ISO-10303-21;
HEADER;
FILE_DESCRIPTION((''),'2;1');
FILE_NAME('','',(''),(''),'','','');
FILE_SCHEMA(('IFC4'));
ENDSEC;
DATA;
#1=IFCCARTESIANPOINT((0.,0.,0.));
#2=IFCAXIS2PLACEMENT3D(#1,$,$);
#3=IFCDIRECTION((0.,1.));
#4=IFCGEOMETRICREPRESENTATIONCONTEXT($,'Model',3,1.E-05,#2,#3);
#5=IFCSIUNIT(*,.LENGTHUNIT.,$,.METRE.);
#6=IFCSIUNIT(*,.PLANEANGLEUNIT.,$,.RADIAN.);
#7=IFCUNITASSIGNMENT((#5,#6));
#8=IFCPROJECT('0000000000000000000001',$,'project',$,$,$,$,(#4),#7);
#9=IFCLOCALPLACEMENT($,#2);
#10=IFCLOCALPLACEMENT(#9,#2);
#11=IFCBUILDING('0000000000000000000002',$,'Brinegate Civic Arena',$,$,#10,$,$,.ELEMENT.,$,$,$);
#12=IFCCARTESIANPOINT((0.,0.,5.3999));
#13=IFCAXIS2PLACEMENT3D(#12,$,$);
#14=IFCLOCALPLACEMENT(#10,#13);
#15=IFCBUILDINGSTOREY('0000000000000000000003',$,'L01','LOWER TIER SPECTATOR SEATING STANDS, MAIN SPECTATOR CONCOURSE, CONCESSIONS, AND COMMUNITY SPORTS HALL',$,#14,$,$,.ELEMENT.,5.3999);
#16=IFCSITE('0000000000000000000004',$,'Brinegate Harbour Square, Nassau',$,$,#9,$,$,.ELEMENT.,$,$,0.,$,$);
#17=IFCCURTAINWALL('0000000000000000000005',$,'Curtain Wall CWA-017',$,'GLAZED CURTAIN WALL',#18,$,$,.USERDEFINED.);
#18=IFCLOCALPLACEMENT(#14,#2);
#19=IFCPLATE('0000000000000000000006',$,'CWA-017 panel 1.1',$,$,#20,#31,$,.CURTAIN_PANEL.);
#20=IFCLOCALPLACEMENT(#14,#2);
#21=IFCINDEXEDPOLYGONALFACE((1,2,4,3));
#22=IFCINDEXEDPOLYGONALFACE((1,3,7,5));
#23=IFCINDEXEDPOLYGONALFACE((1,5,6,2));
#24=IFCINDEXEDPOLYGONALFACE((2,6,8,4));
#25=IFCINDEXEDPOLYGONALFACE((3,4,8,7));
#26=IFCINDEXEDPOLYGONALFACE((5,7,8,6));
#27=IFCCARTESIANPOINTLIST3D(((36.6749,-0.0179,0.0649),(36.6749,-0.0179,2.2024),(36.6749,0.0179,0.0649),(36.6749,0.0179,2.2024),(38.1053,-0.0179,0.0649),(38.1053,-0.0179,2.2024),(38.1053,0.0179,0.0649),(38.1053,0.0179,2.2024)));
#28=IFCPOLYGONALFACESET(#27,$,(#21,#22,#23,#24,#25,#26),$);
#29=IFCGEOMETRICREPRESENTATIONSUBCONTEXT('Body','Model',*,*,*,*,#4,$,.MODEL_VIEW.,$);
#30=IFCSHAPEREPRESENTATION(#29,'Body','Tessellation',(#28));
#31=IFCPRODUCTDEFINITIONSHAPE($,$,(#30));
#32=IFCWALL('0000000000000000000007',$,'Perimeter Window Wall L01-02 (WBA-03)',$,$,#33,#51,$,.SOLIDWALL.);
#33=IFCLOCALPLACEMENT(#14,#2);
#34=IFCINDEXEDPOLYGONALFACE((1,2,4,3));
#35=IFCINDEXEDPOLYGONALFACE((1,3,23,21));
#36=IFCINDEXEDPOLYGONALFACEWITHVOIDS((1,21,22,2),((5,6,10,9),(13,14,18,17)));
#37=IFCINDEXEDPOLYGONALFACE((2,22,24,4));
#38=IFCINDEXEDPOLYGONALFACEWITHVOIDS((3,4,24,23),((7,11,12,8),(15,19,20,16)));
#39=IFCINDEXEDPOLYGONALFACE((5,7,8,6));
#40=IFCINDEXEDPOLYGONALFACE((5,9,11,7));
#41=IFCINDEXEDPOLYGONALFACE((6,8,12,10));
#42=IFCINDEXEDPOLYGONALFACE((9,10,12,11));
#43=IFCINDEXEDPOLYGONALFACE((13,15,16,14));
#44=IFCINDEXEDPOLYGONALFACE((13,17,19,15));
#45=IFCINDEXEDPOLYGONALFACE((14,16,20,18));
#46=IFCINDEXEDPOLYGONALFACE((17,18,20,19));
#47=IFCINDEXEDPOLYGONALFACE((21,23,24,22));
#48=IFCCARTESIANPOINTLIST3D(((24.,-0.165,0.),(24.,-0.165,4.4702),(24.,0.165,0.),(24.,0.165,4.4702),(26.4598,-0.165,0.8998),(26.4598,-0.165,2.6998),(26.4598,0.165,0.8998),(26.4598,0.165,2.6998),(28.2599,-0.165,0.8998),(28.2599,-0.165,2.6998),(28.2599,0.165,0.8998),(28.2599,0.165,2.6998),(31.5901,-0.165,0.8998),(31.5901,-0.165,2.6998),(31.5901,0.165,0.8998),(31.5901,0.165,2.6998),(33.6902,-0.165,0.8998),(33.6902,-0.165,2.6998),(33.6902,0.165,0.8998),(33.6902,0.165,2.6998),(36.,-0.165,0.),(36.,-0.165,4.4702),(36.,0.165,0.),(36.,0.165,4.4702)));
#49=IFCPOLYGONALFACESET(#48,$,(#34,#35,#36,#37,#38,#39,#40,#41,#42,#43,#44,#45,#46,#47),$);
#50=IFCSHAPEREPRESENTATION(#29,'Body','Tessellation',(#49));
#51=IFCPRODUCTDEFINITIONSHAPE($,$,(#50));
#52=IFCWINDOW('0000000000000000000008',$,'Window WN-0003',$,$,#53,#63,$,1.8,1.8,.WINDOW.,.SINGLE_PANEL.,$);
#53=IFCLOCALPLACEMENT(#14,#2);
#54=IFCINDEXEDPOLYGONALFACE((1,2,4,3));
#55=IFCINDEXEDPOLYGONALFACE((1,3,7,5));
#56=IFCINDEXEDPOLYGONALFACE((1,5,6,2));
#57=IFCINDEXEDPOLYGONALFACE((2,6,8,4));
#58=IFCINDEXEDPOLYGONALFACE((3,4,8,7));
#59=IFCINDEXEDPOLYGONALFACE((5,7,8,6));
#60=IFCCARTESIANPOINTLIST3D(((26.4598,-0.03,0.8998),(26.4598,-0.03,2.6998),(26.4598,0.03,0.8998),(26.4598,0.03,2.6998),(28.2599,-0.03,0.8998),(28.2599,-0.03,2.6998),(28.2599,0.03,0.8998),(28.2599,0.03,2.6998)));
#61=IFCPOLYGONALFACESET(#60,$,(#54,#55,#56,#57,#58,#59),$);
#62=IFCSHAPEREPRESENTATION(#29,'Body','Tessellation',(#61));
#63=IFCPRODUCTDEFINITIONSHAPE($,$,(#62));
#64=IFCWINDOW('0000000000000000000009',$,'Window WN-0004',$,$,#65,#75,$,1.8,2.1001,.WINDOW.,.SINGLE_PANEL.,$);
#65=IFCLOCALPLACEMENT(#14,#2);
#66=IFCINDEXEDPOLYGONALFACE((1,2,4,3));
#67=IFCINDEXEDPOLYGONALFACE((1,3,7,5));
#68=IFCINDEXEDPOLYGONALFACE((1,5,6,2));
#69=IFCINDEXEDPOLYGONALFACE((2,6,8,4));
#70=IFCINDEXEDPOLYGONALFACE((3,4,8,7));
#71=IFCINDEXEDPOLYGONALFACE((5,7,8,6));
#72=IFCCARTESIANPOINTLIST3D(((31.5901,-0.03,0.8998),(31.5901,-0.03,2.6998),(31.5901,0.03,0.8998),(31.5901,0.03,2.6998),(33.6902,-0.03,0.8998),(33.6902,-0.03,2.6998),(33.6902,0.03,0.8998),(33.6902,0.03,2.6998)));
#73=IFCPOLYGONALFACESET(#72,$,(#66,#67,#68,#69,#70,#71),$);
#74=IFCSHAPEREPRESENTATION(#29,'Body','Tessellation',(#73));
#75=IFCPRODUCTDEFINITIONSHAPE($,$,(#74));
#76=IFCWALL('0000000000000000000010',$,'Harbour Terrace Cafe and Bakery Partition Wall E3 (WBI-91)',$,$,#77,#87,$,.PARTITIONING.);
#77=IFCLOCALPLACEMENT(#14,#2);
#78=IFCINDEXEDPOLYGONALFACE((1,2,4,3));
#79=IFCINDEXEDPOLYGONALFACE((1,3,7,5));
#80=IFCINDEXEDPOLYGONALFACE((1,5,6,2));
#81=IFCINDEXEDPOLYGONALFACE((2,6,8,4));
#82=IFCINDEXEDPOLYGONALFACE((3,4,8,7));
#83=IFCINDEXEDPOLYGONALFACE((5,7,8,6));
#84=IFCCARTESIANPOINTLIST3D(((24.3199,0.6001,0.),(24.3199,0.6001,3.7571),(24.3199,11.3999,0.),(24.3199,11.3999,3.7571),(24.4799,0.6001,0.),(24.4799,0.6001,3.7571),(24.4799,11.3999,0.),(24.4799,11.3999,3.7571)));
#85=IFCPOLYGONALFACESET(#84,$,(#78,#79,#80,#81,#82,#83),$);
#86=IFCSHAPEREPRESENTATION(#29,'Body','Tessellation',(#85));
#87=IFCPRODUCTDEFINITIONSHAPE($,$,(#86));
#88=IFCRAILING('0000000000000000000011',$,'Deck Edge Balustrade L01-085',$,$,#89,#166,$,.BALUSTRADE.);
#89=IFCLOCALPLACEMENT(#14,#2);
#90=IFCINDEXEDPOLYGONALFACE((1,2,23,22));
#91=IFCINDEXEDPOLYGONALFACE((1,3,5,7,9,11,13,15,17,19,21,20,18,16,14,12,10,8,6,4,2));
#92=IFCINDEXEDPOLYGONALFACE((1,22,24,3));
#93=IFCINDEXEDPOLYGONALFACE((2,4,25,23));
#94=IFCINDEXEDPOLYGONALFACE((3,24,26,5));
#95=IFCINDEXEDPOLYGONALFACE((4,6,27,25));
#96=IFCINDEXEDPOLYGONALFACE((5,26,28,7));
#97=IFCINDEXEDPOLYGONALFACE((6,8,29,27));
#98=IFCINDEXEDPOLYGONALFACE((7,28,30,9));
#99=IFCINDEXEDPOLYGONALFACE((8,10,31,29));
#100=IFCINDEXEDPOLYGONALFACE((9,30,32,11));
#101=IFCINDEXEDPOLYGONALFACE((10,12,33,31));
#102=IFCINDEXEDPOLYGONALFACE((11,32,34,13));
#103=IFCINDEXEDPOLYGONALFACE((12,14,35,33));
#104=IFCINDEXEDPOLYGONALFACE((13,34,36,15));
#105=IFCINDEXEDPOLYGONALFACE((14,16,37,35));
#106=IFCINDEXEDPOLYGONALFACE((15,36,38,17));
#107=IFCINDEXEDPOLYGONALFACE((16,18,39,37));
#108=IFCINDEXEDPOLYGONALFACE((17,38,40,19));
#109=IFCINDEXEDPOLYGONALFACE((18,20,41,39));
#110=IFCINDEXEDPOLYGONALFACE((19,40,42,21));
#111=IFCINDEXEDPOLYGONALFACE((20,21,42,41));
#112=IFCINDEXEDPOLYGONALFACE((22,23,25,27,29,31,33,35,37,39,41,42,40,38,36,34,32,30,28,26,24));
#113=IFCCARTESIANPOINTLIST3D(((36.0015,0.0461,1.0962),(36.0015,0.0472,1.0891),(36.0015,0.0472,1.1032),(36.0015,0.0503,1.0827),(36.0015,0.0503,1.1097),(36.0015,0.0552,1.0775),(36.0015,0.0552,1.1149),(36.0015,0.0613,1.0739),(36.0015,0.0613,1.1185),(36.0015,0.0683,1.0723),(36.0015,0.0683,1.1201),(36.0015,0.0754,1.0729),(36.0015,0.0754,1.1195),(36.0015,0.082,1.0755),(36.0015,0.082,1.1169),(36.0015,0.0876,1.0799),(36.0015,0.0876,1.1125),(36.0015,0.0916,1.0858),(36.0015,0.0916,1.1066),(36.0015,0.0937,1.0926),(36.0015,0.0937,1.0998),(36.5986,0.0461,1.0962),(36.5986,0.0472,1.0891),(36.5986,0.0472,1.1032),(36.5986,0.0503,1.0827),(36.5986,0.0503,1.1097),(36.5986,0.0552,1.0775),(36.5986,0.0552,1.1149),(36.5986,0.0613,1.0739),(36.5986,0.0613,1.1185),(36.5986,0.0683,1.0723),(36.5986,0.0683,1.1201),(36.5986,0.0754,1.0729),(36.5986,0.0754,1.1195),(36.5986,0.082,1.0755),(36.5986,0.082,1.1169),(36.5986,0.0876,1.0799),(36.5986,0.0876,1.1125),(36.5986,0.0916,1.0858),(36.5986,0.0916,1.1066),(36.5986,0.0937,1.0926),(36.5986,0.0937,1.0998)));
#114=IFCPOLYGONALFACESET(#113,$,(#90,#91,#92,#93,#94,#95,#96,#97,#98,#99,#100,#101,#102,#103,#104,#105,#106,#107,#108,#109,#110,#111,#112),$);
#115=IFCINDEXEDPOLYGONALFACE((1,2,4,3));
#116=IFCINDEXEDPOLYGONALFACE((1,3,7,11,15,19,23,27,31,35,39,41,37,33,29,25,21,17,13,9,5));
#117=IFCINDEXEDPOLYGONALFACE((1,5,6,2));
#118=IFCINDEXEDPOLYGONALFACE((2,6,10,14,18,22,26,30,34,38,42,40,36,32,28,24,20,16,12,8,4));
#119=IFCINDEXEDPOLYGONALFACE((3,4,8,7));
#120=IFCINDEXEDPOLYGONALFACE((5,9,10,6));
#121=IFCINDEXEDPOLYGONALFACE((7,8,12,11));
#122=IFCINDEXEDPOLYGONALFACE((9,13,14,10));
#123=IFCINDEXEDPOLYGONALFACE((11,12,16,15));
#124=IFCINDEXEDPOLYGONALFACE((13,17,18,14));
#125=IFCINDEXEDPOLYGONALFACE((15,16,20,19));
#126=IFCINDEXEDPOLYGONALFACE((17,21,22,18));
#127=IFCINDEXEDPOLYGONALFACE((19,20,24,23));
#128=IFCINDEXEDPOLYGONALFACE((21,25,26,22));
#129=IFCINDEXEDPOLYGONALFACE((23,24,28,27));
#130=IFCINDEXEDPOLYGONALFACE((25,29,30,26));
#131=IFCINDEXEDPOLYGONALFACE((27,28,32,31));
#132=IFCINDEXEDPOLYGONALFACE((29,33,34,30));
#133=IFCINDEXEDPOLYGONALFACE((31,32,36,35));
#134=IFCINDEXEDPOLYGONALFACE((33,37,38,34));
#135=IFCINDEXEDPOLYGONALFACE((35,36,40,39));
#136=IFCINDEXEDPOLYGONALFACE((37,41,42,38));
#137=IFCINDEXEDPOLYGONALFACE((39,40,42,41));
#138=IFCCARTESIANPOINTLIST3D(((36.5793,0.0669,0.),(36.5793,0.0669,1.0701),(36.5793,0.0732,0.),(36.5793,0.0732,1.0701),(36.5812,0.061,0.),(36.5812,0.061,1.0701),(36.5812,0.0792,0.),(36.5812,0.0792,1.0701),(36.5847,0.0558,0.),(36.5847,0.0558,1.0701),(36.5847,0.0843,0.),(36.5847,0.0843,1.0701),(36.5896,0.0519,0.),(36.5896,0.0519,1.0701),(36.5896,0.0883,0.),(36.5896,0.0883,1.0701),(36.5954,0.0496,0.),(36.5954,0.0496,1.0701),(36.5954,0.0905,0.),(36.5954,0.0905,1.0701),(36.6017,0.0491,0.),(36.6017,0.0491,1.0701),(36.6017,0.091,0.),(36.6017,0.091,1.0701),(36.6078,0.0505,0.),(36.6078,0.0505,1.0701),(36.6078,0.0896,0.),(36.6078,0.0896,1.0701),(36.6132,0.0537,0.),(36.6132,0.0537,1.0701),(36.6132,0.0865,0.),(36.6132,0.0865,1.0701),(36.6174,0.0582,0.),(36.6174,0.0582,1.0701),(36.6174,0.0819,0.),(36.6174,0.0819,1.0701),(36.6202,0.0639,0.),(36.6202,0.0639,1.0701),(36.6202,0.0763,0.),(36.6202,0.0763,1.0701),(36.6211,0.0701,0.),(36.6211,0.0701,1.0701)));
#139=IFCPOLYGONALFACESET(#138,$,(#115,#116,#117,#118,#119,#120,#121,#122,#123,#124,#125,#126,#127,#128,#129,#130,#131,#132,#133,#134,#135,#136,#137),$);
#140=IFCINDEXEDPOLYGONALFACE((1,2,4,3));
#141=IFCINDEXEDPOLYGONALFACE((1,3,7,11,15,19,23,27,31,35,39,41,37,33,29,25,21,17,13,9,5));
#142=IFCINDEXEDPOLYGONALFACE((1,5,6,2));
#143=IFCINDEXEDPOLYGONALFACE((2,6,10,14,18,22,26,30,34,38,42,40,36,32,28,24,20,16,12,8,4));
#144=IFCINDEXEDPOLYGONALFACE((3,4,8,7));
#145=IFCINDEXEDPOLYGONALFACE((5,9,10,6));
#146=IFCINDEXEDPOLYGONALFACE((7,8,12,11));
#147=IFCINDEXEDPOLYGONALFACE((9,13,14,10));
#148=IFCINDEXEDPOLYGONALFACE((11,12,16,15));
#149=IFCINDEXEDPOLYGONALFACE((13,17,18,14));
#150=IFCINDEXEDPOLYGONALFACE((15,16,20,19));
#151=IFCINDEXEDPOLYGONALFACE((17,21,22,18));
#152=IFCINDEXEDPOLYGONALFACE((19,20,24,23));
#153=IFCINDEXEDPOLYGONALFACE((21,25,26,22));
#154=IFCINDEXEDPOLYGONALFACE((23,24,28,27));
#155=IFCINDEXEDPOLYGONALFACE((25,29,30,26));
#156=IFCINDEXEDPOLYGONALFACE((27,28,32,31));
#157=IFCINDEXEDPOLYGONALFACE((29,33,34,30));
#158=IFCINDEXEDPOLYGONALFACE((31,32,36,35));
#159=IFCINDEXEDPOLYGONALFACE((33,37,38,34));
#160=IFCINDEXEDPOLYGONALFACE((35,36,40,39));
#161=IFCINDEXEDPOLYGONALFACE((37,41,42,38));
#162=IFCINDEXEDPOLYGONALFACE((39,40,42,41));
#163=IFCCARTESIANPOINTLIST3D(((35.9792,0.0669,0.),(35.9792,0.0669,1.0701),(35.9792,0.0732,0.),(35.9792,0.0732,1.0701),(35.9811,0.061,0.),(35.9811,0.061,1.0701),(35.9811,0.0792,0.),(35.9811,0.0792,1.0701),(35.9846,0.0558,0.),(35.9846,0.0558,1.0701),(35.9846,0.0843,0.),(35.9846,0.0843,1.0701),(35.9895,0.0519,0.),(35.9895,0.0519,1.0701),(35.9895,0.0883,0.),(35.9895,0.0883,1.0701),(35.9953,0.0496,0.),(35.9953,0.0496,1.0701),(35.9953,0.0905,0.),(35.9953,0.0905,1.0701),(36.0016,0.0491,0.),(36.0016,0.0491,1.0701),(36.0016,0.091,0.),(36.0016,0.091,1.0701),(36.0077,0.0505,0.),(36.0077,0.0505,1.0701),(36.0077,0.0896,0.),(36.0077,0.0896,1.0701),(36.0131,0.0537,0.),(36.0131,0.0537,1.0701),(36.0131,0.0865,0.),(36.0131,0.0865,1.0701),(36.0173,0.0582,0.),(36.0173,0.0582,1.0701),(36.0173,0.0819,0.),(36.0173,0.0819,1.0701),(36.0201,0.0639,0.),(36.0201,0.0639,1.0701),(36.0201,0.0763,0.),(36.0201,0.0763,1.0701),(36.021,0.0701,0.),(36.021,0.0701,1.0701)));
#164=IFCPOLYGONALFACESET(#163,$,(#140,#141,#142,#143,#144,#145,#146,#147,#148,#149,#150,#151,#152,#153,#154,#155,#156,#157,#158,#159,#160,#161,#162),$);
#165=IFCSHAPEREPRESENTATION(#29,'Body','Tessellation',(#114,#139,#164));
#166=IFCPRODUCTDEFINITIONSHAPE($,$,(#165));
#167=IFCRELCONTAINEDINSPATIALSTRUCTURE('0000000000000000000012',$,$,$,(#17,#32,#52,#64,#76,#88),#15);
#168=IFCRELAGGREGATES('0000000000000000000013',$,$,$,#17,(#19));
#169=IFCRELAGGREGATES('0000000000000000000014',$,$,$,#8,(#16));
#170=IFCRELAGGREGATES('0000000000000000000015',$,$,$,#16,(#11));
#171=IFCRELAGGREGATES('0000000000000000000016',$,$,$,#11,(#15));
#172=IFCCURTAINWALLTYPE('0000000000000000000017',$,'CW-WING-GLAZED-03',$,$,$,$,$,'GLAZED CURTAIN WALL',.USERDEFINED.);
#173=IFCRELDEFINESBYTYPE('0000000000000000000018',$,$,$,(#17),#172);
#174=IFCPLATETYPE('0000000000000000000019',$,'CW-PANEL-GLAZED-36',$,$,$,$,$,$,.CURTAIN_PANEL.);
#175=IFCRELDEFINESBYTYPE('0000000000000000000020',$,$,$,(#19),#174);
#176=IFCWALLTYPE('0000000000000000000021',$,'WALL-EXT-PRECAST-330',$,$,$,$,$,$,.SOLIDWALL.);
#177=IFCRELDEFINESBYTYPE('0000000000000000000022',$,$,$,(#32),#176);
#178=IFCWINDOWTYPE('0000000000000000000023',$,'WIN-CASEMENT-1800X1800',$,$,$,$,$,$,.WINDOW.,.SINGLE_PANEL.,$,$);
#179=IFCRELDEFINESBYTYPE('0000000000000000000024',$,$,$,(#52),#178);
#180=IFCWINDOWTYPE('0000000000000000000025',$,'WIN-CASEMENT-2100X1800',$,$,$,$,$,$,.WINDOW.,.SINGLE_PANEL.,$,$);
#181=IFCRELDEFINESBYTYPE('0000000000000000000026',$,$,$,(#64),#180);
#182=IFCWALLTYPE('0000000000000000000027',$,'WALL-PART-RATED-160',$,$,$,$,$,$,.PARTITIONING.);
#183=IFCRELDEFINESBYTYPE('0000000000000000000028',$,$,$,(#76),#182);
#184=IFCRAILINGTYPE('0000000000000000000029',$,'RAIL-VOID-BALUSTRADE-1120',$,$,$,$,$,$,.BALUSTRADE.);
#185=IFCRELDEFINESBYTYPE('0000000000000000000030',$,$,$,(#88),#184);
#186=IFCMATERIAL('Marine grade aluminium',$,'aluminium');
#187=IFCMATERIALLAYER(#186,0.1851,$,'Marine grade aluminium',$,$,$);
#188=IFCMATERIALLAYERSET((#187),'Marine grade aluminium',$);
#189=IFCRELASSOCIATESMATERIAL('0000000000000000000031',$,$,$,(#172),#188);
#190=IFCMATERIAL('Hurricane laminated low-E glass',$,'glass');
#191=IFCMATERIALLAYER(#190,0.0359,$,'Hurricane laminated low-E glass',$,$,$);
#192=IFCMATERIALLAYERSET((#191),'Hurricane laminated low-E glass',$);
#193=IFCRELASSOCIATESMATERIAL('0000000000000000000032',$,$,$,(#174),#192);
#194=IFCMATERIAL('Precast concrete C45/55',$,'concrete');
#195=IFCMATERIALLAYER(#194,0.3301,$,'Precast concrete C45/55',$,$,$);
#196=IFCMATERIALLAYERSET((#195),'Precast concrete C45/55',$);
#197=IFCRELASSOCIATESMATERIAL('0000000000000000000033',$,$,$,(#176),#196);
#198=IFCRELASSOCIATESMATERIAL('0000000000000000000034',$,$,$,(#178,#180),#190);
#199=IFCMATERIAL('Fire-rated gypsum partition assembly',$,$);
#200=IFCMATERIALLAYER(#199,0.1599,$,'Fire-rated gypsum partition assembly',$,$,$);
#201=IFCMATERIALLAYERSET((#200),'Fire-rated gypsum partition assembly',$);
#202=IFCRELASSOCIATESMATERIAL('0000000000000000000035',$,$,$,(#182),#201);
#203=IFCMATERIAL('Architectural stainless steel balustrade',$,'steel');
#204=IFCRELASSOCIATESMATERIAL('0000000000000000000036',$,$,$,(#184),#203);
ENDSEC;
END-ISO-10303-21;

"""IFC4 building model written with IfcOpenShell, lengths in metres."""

from ifc_helpers import new_model, si_unit, direction, frame, frame_2d, origin, origin_2d, place, context, subcontext, project, spatial, rectangle, circle, extrude, material, layer, layer_set, type_object, element, fill, aggregate, save


model = new_model("IFC4")

# Units and contexts
model_context = context("Model", 3, precision=1e-05, world=origin(), true_north=direction((0.0, 1.0)))
body_context = subcontext(model_context, "Body", "Model", "MODEL_VIEW")
ifc_project = project(units=[si_unit("LENGTHUNIT", "METRE"), si_unit("PLANEANGLEUNIT", "RADIAN")], contexts=[model_context])

# Site, building, storey
site_placement = place(None, origin())
site = spatial("IfcSite", under=ifc_project, at=site_placement, Name="Brinegate Harbour Square, Nassau", CompositionType="ELEMENT", RefElevation=0.0)
building_placement = place(site_placement, origin())
building = spatial("IfcBuilding", under=site, at=building_placement, Name="Brinegate Civic Arena", CompositionType="ELEMENT")
storey_placement = place(building_placement, frame((0.0, 0.0, 5.3999)))
storey = spatial("IfcBuildingStorey", under=building, at=storey_placement, Name="L01", Description="LOWER TIER SPECTATOR SEATING STANDS, MAIN SPECTATOR CONCOURSE, CONCESSIONS, AND COMMUNITY SPORTS HALL", CompositionType="ELEMENT", Elevation=5.3999)

# Curtain wall
ifc_material_1 = material(Name="Marine grade aluminium", Category="aluminium")
ifc_layer_1 = layer(ifc_material_1, 0.1851, Name="Marine grade aluminium")
ifc_layer_set_1 = layer_set([ifc_layer_1], Name="Marine grade aluminium")
curtain_wall_type = type_object("IfcCurtainWallType", Name="CW-WING-GLAZED-03", ElementType="GLAZED CURTAIN WALL", PredefinedType="USERDEFINED", material=ifc_layer_set_1)
curtain_wall_placement = place(storey_placement, origin())
curtain_wall = element("IfcCurtainWall", 1, at=curtain_wall_placement, inside=storey, type_object=curtain_wall_type, Name="Curtain Wall CWA-017", ObjectType="GLAZED CURTAIN WALL", PredefinedType="USERDEFINED")

# Plate
ifc_material_2 = material(Name="Hurricane laminated low-E glass", Category="glass")
ifc_layer_2 = layer(ifc_material_2, 0.0359, Name="Hurricane laminated low-E glass")
ifc_layer_set_2 = layer_set([ifc_layer_2], Name="Hurricane laminated low-E glass")
plate_type = type_object("IfcPlateType", Name="CW-PANEL-GLAZED-36", PredefinedType="CURTAIN_PANEL", material=ifc_layer_set_2)
plate_placement = place(storey_placement, frame((37.3901, 0.0, 0.0649), z_axis=(0.0, 0.0, 1.0), x_axis=(1.0, 0.0, 0.0)))
plate = element("IfcPlate", 2, at=plate_placement, type_object=plate_type, Name="CWA-017 panel 1.1", PredefinedType="CURTAIN_PANEL", context=body_context, shape_type="SweptSolid", body=[
    extrude(rectangle(XDim=1.4304, YDim=0.0359, at=origin_2d()), origin(), (0.0, 0.0, 1.0), 2.1375),
])
aggregate(curtain_wall, [plate])

# Wall, openings, windows
ifc_material_3 = material(Name="Precast concrete C45/55", Category="concrete")
ifc_layer_3 = layer(ifc_material_3, 0.3301, Name="Precast concrete C45/55")
ifc_layer_set_3 = layer_set([ifc_layer_3], Name="Precast concrete C45/55")
wall_type_1 = type_object("IfcWallType", Name="WALL-EXT-PRECAST-330", PredefinedType="SOLIDWALL", material=ifc_layer_set_3)
wall_1_placement = place(storey_placement, frame((24.0, 0.0, 0.0), z_axis=(0.0, 0.0, 1.0), x_axis=(1.0, 0.0, 0.0)))
wall_1 = element("IfcWall", 3, at=wall_1_placement, inside=storey, type_object=wall_type_1, Name="Perimeter Window Wall L01-02 (WBA-03)", PredefinedType="SOLIDWALL", context=body_context, shape_type="SweptSolid", body=[
    extrude(rectangle(XDim=12.0, YDim=0.3301, at=frame_2d((6.0, 0.0))), origin(), (0.0, 0.0, 1.0), 4.4702),
])
opening_1_placement = place(wall_1_placement, frame((2.46, 0.0, 0.8999)))
opening_1 = element("IfcOpeningElement", 4, at=opening_1_placement, cuts=wall_1, PredefinedType="OPENING", context=body_context, shape_type="SweptSolid", body=[
    extrude(rectangle(XDim=1.8, YDim=1.8, at=frame_2d((0.8999, 0.8999))), frame((0.0, 0.175, 0.0), z_axis=(0.0, -1.0, 0.0), x_axis=(1.0, 0.0, 0.0)), (0.0, 0.0, 1.0), 0.3501),
])
opening_2_placement = place(wall_1_placement, frame((7.5901, 0.0, 0.8999)))
opening_2 = element("IfcOpeningElement", 5, at=opening_2_placement, cuts=wall_1, PredefinedType="OPENING", context=body_context, shape_type="SweptSolid", body=[
    extrude(rectangle(XDim=2.1001, YDim=1.8, at=frame_2d((1.05, 0.8999))), frame((0.0, 0.175, 0.0), z_axis=(0.0, -1.0, 0.0), x_axis=(1.0, 0.0, 0.0)), (0.0, 0.0, 1.0), 0.3501),
])
window_type_1 = type_object("IfcWindowType", Name="WIN-CASEMENT-1800X1800", PartitioningType="SINGLE_PANEL", PredefinedType="WINDOW", material=ifc_material_2)
window_1_placement = place(opening_1_placement, origin())
window_1 = element("IfcWindow", 6, at=window_1_placement, inside=storey, type_object=window_type_1, Name="Window WN-0003", OverallHeight=1.8, OverallWidth=1.8, PartitioningType="SINGLE_PANEL", PredefinedType="WINDOW", context=body_context, shape_type="SweptSolid", body=[
    extrude(rectangle(XDim=1.8, YDim=1.8, at=frame_2d((0.8999, 0.8999))), frame((0.0, 0.03, 0.0), z_axis=(0.0, -1.0, 0.0), x_axis=(1.0, 0.0, 0.0)), (0.0, 0.0, 1.0), 0.0601),
])
fill(opening_1, window_1)
window_type_2 = type_object("IfcWindowType", Name="WIN-CASEMENT-2100X1800", PartitioningType="SINGLE_PANEL", PredefinedType="WINDOW", material=ifc_material_2)
window_2_placement = place(opening_2_placement, origin())
window_2 = element("IfcWindow", 7, at=window_2_placement, inside=storey, type_object=window_type_2, Name="Window WN-0004", OverallHeight=1.8, OverallWidth=2.1001, PartitioningType="SINGLE_PANEL", PredefinedType="WINDOW", context=body_context, shape_type="SweptSolid", body=[
    extrude(rectangle(XDim=2.1001, YDim=1.8, at=frame_2d((1.05, 0.8999))), frame((0.0, 0.03, 0.0), z_axis=(0.0, -1.0, 0.0), x_axis=(1.0, 0.0, 0.0)), (0.0, 0.0, 1.0), 0.0601),
])
fill(opening_2, window_2)

# Wall
ifc_material_4 = material(Name="Fire-rated gypsum partition assembly")
ifc_layer_4 = layer(ifc_material_4, 0.1599, Name="Fire-rated gypsum partition assembly")
ifc_layer_set_4 = layer_set([ifc_layer_4], Name="Fire-rated gypsum partition assembly")
wall_type_2 = type_object("IfcWallType", Name="WALL-PART-RATED-160", PredefinedType="PARTITIONING", material=ifc_layer_set_4)
wall_2_placement = place(storey_placement, frame((24.3999, 0.6001, 0.0), z_axis=(0.0, 0.0, 1.0), x_axis=(0.0, 1.0, 0.0)))
element("IfcWall", 8, at=wall_2_placement, inside=storey, type_object=wall_type_2, Name="Harbour Terrace Cafe and Bakery Partition Wall E3 (WBI-91)", PredefinedType="PARTITIONING", context=body_context, shape_type="SweptSolid", body=[
    extrude(rectangle(XDim=10.7998, YDim=0.1599, at=frame_2d((5.3999, 0.0))), origin(), (0.0, 0.0, 1.0), 3.7571),
])

# Railing
ifc_material_5 = material(Name="Architectural stainless steel balustrade", Category="steel")
railing_type = type_object("IfcRailingType", Name="RAIL-VOID-BALUSTRADE-1120", PredefinedType="BALUSTRADE", material=ifc_material_5)
for number, where, name in (
    (9, (36.6001, 0.0701, 0.0), "Deck Edge Balustrade L01-085"),
):
    element("IfcRailing", number, at=place(storey_placement, frame(where)), inside=storey, type_object=railing_type, Name=name, PredefinedType="BALUSTRADE", context=body_context, shape_type="SweptSolid", body=[
        extrude(circle(Radius=0.0239, at=origin_2d()), frame((-0.0015, 0.0, 1.0962), z_axis=(-1.0, 0.0, 0.0), x_axis=(0.0, -1.0, 0.0)), (0.0, 0.0, 1.0), 0.5972),
        extrude(circle(Radius=0.021, at=origin_2d()), origin(), (0.0, 0.0, 1.0), 1.0701),
        extrude(circle(Radius=0.021, at=origin_2d()), frame((-0.6001, 0.0, 0.0)), (0.0, 0.0, 1.0), 1.0701),
    ])

save(model, "model.ifc")
